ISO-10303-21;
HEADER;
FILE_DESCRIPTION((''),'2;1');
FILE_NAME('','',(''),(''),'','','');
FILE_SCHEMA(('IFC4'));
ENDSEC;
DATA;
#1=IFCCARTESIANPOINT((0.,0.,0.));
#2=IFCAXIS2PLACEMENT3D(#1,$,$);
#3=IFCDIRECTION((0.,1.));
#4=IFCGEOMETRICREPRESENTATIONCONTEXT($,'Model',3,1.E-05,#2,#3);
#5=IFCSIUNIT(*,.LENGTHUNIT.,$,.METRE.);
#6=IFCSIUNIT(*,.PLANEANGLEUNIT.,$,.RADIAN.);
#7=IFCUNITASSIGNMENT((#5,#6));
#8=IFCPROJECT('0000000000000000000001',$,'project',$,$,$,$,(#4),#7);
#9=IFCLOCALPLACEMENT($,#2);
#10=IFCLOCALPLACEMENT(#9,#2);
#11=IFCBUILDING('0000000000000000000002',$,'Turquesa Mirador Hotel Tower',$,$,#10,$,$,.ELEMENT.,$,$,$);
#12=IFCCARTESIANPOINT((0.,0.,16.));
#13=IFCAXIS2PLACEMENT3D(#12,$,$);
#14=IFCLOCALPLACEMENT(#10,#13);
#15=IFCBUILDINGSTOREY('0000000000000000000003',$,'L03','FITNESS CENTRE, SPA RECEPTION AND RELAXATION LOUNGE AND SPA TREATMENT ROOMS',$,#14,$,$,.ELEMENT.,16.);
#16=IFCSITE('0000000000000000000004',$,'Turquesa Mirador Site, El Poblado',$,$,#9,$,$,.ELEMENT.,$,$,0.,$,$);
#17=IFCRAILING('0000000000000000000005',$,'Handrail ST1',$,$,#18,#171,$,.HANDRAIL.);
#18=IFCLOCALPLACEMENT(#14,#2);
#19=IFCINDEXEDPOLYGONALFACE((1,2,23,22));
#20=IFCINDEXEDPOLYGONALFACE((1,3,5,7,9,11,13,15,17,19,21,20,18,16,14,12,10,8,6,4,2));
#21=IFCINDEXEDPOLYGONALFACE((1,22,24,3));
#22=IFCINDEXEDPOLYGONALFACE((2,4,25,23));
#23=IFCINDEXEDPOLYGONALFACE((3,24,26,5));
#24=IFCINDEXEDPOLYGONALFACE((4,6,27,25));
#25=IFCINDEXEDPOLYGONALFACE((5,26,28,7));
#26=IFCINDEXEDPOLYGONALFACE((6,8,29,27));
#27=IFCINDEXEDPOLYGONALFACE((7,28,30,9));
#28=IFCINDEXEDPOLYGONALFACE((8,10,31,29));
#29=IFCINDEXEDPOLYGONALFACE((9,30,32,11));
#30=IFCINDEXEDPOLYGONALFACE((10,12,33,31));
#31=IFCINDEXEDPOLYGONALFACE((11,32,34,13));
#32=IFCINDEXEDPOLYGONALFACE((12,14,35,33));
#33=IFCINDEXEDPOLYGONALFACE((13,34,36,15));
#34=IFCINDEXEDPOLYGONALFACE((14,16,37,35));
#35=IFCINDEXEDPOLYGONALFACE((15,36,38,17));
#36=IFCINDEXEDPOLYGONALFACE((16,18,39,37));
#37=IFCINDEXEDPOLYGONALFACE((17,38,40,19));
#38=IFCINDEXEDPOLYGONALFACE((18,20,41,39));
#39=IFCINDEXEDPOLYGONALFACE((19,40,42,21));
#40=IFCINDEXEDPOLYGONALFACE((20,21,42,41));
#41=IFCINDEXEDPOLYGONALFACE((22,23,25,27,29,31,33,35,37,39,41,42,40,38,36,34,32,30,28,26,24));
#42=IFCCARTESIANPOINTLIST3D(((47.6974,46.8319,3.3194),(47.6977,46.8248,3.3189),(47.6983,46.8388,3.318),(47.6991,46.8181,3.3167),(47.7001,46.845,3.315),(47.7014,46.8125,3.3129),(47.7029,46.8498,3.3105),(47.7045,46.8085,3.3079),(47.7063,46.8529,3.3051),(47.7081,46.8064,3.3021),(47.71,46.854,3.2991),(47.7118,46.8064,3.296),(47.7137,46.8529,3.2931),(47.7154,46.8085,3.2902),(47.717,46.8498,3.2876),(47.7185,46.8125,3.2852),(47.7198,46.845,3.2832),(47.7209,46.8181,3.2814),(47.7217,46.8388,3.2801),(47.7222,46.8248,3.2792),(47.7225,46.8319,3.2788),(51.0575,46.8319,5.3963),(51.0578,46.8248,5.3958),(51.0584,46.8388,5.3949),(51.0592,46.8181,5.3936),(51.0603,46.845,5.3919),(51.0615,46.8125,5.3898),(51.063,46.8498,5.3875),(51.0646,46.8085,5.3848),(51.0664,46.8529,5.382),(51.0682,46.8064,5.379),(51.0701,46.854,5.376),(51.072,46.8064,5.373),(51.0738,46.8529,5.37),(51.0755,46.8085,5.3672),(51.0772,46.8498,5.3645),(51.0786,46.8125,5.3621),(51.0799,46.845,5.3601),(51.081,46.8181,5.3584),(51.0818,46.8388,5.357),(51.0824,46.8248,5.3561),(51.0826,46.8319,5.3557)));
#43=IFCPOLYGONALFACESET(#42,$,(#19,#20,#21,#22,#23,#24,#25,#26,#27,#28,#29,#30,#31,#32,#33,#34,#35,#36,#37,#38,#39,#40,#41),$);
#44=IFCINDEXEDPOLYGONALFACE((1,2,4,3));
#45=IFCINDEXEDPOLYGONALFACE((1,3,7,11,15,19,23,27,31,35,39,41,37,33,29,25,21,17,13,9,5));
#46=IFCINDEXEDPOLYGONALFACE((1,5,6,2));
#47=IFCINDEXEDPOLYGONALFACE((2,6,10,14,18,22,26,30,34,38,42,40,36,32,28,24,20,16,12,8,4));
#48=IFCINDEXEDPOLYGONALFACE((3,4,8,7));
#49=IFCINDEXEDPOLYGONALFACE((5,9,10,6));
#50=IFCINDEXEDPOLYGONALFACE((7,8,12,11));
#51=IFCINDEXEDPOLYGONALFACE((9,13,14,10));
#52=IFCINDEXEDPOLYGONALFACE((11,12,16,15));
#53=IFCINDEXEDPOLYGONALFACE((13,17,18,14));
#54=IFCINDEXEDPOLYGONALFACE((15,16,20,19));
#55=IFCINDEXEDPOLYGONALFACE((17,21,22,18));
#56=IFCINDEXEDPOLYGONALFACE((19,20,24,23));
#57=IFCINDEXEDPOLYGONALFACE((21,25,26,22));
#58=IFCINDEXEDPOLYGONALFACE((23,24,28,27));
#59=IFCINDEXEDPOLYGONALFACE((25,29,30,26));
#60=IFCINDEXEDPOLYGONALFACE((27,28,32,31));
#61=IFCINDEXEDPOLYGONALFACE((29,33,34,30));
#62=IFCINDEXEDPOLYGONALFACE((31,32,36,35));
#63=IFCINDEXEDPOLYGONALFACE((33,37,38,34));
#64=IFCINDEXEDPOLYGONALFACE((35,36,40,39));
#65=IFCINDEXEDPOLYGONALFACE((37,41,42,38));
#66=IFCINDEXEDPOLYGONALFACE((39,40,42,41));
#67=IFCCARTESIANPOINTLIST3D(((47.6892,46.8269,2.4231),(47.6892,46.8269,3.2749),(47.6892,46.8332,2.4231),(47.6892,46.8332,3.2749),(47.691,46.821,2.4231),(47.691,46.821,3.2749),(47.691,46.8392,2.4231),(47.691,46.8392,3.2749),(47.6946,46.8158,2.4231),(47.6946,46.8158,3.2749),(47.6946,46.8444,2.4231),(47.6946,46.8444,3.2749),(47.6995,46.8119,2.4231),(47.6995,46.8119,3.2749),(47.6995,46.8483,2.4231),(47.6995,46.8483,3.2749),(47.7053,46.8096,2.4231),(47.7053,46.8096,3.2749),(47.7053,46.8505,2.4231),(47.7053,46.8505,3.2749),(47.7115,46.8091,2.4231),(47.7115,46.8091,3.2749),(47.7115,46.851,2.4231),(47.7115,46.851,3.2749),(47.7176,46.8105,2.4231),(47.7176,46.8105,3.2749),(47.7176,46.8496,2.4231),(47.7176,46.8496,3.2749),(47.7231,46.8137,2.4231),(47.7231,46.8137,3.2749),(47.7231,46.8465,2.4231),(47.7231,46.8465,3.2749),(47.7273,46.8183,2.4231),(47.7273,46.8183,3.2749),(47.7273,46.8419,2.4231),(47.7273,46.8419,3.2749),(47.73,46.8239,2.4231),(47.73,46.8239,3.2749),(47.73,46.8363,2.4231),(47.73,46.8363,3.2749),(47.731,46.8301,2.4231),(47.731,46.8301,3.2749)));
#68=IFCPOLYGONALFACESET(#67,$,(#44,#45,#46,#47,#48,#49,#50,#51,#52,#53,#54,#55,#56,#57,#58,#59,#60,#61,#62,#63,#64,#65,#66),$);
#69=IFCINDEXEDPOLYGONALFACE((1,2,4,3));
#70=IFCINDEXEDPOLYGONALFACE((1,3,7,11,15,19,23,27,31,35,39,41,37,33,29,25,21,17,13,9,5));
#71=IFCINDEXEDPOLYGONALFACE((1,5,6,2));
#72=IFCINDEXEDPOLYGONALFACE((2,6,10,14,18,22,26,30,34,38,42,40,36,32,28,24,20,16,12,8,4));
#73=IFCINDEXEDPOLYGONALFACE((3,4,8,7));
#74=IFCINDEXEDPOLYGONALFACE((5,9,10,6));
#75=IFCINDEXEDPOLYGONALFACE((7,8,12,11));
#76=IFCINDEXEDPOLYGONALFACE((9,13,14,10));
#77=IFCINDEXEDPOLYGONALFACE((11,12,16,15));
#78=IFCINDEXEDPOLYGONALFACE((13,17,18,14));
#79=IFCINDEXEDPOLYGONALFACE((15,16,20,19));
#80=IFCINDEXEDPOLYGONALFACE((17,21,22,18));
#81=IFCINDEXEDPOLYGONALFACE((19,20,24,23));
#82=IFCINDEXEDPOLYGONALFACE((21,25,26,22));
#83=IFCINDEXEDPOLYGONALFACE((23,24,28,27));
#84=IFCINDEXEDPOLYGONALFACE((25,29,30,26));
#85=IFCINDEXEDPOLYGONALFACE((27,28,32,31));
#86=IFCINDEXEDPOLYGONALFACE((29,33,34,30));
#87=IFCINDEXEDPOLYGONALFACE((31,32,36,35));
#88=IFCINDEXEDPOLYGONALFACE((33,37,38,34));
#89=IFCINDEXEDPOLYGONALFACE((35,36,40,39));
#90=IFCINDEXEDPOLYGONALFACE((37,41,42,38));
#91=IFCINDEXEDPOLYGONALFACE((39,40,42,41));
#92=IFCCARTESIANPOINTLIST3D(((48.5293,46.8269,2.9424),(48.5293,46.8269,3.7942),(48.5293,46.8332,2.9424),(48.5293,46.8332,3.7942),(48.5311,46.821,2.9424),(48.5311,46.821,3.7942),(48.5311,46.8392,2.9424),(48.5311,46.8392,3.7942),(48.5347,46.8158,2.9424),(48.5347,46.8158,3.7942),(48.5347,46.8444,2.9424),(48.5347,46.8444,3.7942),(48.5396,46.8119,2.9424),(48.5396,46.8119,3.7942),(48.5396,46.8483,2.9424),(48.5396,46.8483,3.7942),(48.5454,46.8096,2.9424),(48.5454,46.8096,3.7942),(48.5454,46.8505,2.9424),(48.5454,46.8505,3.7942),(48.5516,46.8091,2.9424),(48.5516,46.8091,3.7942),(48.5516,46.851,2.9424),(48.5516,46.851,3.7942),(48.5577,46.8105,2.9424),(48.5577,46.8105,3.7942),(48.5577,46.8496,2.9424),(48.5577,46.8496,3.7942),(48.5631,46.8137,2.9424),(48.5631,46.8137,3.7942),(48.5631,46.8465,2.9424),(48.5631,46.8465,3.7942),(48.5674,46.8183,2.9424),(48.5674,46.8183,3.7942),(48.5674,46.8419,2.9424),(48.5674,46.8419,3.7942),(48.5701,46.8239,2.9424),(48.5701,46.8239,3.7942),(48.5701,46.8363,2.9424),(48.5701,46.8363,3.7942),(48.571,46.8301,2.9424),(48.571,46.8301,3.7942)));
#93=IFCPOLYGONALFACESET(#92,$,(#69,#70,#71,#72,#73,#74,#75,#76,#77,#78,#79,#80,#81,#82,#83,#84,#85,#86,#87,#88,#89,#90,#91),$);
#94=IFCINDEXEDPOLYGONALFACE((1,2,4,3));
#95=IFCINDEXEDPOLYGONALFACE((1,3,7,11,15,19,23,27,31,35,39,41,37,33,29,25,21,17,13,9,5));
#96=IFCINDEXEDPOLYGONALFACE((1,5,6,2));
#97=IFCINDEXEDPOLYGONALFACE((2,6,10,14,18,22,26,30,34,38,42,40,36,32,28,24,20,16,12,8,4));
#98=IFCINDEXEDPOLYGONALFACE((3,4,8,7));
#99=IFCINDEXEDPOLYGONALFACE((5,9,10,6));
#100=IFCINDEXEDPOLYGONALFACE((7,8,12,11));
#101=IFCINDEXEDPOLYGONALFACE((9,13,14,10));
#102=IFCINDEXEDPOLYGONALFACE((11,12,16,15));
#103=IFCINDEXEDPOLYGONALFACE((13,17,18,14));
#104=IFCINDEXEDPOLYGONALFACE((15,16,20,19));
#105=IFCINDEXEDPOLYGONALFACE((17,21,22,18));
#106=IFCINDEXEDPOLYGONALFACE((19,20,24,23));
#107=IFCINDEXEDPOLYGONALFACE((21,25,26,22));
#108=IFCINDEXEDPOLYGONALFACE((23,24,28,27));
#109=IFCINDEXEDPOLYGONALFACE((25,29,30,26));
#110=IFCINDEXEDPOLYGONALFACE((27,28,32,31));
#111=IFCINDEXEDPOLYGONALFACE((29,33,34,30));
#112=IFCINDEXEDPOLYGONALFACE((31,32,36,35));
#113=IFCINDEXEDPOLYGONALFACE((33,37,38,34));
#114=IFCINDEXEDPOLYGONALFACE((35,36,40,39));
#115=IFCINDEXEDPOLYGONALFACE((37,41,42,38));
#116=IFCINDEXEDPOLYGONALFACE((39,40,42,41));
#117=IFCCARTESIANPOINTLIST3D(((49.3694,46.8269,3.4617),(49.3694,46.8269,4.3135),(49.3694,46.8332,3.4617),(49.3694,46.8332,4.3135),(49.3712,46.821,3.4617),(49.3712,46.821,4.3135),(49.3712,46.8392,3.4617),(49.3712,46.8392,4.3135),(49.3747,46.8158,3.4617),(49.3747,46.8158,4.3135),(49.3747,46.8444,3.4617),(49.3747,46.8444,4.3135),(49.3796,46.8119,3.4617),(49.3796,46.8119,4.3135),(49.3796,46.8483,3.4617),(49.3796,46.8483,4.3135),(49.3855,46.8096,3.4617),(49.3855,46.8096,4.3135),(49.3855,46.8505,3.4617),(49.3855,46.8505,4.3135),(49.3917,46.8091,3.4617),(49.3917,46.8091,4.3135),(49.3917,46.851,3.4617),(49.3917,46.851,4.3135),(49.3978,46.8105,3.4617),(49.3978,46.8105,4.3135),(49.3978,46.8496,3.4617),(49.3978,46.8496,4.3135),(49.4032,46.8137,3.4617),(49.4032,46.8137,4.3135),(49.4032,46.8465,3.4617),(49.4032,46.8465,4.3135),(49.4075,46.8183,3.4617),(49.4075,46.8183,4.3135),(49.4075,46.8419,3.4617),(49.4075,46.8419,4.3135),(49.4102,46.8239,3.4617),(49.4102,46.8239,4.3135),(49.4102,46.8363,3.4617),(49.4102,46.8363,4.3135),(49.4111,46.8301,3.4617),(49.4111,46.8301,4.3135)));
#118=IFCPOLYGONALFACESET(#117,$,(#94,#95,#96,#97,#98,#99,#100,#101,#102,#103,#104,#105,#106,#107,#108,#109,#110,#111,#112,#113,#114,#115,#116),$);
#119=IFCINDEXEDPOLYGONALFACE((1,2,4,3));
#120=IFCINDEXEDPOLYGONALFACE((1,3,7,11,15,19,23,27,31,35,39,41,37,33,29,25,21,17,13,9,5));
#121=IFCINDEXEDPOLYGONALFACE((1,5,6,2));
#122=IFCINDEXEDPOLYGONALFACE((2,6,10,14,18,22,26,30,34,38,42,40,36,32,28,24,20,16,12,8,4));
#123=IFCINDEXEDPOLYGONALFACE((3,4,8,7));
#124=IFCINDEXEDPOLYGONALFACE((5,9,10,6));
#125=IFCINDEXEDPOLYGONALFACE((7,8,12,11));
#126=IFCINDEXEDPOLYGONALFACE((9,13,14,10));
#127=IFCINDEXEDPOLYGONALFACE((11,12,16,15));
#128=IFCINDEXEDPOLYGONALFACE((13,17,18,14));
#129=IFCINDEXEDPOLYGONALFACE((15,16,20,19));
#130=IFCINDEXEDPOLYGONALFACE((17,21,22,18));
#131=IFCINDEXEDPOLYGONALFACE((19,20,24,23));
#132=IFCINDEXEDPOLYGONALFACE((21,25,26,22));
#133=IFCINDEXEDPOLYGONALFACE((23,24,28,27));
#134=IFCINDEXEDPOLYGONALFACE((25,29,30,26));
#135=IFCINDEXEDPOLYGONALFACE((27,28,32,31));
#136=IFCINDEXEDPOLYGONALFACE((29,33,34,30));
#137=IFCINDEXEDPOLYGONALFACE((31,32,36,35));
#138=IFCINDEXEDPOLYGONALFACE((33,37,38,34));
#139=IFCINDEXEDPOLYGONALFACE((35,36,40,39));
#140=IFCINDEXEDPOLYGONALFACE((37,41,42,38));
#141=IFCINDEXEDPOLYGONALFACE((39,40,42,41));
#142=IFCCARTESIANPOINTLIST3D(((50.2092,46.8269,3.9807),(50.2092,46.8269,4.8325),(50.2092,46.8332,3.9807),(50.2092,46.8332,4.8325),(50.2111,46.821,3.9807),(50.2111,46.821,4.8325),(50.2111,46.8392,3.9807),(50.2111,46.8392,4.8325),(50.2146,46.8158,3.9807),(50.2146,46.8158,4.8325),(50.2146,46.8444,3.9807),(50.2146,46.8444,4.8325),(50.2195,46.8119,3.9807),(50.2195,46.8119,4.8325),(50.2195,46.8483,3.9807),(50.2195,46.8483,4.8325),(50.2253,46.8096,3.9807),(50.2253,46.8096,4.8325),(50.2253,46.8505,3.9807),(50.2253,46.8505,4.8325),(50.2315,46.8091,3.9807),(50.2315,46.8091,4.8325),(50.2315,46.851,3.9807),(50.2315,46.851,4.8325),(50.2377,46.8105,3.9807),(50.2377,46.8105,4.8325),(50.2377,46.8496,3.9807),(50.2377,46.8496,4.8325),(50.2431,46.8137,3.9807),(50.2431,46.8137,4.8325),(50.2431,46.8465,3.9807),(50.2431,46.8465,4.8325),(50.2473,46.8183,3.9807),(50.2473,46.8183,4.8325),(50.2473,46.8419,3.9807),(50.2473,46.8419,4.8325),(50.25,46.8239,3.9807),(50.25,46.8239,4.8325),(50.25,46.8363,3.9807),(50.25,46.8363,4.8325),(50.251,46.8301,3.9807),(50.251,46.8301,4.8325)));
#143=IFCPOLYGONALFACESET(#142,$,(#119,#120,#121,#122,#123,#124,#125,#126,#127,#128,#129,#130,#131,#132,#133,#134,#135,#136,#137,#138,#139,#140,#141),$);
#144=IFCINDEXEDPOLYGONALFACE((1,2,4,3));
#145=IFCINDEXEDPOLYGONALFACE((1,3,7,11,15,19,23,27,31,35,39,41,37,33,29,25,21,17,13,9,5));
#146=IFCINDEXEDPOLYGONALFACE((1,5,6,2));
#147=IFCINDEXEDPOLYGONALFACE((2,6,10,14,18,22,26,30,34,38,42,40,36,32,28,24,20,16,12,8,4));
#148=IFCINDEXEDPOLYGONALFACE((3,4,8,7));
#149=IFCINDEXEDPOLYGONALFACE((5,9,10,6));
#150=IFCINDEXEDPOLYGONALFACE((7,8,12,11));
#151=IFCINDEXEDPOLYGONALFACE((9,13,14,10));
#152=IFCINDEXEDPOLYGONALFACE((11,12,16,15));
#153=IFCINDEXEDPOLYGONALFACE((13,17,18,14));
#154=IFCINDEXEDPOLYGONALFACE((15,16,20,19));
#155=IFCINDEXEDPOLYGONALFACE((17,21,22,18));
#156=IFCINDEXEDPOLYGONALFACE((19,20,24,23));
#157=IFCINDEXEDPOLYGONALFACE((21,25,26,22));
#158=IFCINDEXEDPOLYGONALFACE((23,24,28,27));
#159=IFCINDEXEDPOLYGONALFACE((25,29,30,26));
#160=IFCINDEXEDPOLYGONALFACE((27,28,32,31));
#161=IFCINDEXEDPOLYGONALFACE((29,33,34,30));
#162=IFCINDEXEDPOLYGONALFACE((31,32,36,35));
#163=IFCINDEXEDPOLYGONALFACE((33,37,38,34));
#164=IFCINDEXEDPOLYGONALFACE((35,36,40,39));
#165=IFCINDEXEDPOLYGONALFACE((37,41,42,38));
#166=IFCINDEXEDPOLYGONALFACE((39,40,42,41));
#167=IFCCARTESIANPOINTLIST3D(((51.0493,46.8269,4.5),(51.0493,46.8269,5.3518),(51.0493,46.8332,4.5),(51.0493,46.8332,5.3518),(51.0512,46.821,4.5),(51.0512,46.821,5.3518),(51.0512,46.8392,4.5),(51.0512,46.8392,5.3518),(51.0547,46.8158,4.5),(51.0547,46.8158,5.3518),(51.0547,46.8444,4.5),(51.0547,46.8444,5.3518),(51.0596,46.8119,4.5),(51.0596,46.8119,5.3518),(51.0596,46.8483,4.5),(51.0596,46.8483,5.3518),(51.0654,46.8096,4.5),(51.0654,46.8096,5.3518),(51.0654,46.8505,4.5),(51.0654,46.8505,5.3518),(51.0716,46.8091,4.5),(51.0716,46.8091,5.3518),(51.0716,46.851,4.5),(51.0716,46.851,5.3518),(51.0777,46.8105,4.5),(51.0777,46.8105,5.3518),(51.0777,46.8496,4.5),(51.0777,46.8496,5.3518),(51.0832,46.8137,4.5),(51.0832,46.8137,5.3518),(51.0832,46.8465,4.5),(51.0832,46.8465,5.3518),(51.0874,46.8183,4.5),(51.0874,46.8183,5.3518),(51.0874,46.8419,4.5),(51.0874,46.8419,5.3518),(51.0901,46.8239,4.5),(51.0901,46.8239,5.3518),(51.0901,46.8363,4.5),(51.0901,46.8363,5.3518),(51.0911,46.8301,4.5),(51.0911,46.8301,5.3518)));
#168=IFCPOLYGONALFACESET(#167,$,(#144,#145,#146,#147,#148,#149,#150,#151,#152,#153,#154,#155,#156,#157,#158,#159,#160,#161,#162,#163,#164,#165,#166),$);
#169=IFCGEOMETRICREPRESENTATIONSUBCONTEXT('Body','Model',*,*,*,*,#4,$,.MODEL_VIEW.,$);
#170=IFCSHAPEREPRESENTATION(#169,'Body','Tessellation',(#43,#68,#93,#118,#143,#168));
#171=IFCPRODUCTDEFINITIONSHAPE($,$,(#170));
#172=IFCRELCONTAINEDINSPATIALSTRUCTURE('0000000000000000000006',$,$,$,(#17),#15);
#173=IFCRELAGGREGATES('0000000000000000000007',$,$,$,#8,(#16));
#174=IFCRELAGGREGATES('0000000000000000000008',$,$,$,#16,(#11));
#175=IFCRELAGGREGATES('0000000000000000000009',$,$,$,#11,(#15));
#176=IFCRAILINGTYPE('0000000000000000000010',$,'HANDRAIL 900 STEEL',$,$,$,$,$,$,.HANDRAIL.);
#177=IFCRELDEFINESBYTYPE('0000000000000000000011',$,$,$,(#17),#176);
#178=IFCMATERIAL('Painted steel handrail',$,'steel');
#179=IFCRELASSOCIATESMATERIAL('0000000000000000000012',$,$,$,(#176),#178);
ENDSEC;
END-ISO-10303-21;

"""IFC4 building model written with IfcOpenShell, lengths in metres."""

from ifc_helpers import new_model, si_unit, direction, frame, origin, origin_2d, place, context, subcontext, project, spatial, circle, extrude, material, type_object, element, save


model = new_model("IFC4")

# Units and contexts
model_context = context("Model", 3, precision=1e-05, world=origin(), true_north=direction((0.0, 1.0)))
body_context = subcontext(model_context, "Body", "Model", "MODEL_VIEW")
ifc_project = project(units=[si_unit("LENGTHUNIT", "METRE"), si_unit("PLANEANGLEUNIT", "RADIAN")], contexts=[model_context])

# Site, building, storey
site_placement = place(None, origin())
site = spatial("IfcSite", under=ifc_project, at=site_placement, Name="Turquesa Mirador Site, El Poblado", CompositionType="ELEMENT", RefElevation=0.0)
building_placement = place(site_placement, origin())
building = spatial("IfcBuilding", under=site, at=building_placement, Name="Turquesa Mirador Hotel Tower", CompositionType="ELEMENT")
storey_placement = place(building_placement, frame((0.0, 0.0, 16.0)))
storey = spatial("IfcBuildingStorey", under=building, at=storey_placement, Name="L03", Description="FITNESS CENTRE, SPA RECEPTION AND RELAXATION LOUNGE AND SPA TREATMENT ROOMS", CompositionType="ELEMENT", Elevation=16.0)

# Railing
ifc_material_1 = material(Name="Painted steel handrail", Category="steel")
railing_type = type_object("IfcRailingType", Name="HANDRAIL 900 STEEL", PredefinedType="HANDRAIL", material=ifc_material_1)
for number, where, name in (
    (1, (47.71, 46.8301, 2.4231), "Handrail ST1"),
):
    element("IfcRailing", number, at=place(storey_placement, frame(where)), inside=storey, type_object=railing_type, Name=name, PredefinedType="HANDRAIL", context=body_context, shape_type="SweptSolid", body=[
        extrude(circle(Radius=0.0239, at=origin_2d()), frame((0.0, 0.0, 0.876), z_axis=(0.850623, 0.0, 0.525776), x_axis=(0.0, 1.0, 0.0)), (0.0, 0.0, 1.0), 3.9502),
        extrude(circle(Radius=0.021, at=origin_2d()), origin(), (0.0, 0.0, 1.0), 0.8518),
        extrude(circle(Radius=0.021, at=origin_2d()), frame((0.8401, 0.0, 0.5193)), (0.0, 0.0, 1.0), 0.8518),
        extrude(circle(Radius=0.021, at=origin_2d()), frame((1.6802, 0.0, 1.0386)), (0.0, 0.0, 1.0), 0.8518),
        extrude(circle(Radius=0.021, at=origin_2d()), frame((2.52, 0.0, 1.5576)), (0.0, 0.0, 1.0), 0.8518),
        extrude(circle(Radius=0.021, at=origin_2d()), frame((3.3601, 0.0, 2.0769)), (0.0, 0.0, 1.0), 0.8518),
    ])

save(model, "model.ifc")
